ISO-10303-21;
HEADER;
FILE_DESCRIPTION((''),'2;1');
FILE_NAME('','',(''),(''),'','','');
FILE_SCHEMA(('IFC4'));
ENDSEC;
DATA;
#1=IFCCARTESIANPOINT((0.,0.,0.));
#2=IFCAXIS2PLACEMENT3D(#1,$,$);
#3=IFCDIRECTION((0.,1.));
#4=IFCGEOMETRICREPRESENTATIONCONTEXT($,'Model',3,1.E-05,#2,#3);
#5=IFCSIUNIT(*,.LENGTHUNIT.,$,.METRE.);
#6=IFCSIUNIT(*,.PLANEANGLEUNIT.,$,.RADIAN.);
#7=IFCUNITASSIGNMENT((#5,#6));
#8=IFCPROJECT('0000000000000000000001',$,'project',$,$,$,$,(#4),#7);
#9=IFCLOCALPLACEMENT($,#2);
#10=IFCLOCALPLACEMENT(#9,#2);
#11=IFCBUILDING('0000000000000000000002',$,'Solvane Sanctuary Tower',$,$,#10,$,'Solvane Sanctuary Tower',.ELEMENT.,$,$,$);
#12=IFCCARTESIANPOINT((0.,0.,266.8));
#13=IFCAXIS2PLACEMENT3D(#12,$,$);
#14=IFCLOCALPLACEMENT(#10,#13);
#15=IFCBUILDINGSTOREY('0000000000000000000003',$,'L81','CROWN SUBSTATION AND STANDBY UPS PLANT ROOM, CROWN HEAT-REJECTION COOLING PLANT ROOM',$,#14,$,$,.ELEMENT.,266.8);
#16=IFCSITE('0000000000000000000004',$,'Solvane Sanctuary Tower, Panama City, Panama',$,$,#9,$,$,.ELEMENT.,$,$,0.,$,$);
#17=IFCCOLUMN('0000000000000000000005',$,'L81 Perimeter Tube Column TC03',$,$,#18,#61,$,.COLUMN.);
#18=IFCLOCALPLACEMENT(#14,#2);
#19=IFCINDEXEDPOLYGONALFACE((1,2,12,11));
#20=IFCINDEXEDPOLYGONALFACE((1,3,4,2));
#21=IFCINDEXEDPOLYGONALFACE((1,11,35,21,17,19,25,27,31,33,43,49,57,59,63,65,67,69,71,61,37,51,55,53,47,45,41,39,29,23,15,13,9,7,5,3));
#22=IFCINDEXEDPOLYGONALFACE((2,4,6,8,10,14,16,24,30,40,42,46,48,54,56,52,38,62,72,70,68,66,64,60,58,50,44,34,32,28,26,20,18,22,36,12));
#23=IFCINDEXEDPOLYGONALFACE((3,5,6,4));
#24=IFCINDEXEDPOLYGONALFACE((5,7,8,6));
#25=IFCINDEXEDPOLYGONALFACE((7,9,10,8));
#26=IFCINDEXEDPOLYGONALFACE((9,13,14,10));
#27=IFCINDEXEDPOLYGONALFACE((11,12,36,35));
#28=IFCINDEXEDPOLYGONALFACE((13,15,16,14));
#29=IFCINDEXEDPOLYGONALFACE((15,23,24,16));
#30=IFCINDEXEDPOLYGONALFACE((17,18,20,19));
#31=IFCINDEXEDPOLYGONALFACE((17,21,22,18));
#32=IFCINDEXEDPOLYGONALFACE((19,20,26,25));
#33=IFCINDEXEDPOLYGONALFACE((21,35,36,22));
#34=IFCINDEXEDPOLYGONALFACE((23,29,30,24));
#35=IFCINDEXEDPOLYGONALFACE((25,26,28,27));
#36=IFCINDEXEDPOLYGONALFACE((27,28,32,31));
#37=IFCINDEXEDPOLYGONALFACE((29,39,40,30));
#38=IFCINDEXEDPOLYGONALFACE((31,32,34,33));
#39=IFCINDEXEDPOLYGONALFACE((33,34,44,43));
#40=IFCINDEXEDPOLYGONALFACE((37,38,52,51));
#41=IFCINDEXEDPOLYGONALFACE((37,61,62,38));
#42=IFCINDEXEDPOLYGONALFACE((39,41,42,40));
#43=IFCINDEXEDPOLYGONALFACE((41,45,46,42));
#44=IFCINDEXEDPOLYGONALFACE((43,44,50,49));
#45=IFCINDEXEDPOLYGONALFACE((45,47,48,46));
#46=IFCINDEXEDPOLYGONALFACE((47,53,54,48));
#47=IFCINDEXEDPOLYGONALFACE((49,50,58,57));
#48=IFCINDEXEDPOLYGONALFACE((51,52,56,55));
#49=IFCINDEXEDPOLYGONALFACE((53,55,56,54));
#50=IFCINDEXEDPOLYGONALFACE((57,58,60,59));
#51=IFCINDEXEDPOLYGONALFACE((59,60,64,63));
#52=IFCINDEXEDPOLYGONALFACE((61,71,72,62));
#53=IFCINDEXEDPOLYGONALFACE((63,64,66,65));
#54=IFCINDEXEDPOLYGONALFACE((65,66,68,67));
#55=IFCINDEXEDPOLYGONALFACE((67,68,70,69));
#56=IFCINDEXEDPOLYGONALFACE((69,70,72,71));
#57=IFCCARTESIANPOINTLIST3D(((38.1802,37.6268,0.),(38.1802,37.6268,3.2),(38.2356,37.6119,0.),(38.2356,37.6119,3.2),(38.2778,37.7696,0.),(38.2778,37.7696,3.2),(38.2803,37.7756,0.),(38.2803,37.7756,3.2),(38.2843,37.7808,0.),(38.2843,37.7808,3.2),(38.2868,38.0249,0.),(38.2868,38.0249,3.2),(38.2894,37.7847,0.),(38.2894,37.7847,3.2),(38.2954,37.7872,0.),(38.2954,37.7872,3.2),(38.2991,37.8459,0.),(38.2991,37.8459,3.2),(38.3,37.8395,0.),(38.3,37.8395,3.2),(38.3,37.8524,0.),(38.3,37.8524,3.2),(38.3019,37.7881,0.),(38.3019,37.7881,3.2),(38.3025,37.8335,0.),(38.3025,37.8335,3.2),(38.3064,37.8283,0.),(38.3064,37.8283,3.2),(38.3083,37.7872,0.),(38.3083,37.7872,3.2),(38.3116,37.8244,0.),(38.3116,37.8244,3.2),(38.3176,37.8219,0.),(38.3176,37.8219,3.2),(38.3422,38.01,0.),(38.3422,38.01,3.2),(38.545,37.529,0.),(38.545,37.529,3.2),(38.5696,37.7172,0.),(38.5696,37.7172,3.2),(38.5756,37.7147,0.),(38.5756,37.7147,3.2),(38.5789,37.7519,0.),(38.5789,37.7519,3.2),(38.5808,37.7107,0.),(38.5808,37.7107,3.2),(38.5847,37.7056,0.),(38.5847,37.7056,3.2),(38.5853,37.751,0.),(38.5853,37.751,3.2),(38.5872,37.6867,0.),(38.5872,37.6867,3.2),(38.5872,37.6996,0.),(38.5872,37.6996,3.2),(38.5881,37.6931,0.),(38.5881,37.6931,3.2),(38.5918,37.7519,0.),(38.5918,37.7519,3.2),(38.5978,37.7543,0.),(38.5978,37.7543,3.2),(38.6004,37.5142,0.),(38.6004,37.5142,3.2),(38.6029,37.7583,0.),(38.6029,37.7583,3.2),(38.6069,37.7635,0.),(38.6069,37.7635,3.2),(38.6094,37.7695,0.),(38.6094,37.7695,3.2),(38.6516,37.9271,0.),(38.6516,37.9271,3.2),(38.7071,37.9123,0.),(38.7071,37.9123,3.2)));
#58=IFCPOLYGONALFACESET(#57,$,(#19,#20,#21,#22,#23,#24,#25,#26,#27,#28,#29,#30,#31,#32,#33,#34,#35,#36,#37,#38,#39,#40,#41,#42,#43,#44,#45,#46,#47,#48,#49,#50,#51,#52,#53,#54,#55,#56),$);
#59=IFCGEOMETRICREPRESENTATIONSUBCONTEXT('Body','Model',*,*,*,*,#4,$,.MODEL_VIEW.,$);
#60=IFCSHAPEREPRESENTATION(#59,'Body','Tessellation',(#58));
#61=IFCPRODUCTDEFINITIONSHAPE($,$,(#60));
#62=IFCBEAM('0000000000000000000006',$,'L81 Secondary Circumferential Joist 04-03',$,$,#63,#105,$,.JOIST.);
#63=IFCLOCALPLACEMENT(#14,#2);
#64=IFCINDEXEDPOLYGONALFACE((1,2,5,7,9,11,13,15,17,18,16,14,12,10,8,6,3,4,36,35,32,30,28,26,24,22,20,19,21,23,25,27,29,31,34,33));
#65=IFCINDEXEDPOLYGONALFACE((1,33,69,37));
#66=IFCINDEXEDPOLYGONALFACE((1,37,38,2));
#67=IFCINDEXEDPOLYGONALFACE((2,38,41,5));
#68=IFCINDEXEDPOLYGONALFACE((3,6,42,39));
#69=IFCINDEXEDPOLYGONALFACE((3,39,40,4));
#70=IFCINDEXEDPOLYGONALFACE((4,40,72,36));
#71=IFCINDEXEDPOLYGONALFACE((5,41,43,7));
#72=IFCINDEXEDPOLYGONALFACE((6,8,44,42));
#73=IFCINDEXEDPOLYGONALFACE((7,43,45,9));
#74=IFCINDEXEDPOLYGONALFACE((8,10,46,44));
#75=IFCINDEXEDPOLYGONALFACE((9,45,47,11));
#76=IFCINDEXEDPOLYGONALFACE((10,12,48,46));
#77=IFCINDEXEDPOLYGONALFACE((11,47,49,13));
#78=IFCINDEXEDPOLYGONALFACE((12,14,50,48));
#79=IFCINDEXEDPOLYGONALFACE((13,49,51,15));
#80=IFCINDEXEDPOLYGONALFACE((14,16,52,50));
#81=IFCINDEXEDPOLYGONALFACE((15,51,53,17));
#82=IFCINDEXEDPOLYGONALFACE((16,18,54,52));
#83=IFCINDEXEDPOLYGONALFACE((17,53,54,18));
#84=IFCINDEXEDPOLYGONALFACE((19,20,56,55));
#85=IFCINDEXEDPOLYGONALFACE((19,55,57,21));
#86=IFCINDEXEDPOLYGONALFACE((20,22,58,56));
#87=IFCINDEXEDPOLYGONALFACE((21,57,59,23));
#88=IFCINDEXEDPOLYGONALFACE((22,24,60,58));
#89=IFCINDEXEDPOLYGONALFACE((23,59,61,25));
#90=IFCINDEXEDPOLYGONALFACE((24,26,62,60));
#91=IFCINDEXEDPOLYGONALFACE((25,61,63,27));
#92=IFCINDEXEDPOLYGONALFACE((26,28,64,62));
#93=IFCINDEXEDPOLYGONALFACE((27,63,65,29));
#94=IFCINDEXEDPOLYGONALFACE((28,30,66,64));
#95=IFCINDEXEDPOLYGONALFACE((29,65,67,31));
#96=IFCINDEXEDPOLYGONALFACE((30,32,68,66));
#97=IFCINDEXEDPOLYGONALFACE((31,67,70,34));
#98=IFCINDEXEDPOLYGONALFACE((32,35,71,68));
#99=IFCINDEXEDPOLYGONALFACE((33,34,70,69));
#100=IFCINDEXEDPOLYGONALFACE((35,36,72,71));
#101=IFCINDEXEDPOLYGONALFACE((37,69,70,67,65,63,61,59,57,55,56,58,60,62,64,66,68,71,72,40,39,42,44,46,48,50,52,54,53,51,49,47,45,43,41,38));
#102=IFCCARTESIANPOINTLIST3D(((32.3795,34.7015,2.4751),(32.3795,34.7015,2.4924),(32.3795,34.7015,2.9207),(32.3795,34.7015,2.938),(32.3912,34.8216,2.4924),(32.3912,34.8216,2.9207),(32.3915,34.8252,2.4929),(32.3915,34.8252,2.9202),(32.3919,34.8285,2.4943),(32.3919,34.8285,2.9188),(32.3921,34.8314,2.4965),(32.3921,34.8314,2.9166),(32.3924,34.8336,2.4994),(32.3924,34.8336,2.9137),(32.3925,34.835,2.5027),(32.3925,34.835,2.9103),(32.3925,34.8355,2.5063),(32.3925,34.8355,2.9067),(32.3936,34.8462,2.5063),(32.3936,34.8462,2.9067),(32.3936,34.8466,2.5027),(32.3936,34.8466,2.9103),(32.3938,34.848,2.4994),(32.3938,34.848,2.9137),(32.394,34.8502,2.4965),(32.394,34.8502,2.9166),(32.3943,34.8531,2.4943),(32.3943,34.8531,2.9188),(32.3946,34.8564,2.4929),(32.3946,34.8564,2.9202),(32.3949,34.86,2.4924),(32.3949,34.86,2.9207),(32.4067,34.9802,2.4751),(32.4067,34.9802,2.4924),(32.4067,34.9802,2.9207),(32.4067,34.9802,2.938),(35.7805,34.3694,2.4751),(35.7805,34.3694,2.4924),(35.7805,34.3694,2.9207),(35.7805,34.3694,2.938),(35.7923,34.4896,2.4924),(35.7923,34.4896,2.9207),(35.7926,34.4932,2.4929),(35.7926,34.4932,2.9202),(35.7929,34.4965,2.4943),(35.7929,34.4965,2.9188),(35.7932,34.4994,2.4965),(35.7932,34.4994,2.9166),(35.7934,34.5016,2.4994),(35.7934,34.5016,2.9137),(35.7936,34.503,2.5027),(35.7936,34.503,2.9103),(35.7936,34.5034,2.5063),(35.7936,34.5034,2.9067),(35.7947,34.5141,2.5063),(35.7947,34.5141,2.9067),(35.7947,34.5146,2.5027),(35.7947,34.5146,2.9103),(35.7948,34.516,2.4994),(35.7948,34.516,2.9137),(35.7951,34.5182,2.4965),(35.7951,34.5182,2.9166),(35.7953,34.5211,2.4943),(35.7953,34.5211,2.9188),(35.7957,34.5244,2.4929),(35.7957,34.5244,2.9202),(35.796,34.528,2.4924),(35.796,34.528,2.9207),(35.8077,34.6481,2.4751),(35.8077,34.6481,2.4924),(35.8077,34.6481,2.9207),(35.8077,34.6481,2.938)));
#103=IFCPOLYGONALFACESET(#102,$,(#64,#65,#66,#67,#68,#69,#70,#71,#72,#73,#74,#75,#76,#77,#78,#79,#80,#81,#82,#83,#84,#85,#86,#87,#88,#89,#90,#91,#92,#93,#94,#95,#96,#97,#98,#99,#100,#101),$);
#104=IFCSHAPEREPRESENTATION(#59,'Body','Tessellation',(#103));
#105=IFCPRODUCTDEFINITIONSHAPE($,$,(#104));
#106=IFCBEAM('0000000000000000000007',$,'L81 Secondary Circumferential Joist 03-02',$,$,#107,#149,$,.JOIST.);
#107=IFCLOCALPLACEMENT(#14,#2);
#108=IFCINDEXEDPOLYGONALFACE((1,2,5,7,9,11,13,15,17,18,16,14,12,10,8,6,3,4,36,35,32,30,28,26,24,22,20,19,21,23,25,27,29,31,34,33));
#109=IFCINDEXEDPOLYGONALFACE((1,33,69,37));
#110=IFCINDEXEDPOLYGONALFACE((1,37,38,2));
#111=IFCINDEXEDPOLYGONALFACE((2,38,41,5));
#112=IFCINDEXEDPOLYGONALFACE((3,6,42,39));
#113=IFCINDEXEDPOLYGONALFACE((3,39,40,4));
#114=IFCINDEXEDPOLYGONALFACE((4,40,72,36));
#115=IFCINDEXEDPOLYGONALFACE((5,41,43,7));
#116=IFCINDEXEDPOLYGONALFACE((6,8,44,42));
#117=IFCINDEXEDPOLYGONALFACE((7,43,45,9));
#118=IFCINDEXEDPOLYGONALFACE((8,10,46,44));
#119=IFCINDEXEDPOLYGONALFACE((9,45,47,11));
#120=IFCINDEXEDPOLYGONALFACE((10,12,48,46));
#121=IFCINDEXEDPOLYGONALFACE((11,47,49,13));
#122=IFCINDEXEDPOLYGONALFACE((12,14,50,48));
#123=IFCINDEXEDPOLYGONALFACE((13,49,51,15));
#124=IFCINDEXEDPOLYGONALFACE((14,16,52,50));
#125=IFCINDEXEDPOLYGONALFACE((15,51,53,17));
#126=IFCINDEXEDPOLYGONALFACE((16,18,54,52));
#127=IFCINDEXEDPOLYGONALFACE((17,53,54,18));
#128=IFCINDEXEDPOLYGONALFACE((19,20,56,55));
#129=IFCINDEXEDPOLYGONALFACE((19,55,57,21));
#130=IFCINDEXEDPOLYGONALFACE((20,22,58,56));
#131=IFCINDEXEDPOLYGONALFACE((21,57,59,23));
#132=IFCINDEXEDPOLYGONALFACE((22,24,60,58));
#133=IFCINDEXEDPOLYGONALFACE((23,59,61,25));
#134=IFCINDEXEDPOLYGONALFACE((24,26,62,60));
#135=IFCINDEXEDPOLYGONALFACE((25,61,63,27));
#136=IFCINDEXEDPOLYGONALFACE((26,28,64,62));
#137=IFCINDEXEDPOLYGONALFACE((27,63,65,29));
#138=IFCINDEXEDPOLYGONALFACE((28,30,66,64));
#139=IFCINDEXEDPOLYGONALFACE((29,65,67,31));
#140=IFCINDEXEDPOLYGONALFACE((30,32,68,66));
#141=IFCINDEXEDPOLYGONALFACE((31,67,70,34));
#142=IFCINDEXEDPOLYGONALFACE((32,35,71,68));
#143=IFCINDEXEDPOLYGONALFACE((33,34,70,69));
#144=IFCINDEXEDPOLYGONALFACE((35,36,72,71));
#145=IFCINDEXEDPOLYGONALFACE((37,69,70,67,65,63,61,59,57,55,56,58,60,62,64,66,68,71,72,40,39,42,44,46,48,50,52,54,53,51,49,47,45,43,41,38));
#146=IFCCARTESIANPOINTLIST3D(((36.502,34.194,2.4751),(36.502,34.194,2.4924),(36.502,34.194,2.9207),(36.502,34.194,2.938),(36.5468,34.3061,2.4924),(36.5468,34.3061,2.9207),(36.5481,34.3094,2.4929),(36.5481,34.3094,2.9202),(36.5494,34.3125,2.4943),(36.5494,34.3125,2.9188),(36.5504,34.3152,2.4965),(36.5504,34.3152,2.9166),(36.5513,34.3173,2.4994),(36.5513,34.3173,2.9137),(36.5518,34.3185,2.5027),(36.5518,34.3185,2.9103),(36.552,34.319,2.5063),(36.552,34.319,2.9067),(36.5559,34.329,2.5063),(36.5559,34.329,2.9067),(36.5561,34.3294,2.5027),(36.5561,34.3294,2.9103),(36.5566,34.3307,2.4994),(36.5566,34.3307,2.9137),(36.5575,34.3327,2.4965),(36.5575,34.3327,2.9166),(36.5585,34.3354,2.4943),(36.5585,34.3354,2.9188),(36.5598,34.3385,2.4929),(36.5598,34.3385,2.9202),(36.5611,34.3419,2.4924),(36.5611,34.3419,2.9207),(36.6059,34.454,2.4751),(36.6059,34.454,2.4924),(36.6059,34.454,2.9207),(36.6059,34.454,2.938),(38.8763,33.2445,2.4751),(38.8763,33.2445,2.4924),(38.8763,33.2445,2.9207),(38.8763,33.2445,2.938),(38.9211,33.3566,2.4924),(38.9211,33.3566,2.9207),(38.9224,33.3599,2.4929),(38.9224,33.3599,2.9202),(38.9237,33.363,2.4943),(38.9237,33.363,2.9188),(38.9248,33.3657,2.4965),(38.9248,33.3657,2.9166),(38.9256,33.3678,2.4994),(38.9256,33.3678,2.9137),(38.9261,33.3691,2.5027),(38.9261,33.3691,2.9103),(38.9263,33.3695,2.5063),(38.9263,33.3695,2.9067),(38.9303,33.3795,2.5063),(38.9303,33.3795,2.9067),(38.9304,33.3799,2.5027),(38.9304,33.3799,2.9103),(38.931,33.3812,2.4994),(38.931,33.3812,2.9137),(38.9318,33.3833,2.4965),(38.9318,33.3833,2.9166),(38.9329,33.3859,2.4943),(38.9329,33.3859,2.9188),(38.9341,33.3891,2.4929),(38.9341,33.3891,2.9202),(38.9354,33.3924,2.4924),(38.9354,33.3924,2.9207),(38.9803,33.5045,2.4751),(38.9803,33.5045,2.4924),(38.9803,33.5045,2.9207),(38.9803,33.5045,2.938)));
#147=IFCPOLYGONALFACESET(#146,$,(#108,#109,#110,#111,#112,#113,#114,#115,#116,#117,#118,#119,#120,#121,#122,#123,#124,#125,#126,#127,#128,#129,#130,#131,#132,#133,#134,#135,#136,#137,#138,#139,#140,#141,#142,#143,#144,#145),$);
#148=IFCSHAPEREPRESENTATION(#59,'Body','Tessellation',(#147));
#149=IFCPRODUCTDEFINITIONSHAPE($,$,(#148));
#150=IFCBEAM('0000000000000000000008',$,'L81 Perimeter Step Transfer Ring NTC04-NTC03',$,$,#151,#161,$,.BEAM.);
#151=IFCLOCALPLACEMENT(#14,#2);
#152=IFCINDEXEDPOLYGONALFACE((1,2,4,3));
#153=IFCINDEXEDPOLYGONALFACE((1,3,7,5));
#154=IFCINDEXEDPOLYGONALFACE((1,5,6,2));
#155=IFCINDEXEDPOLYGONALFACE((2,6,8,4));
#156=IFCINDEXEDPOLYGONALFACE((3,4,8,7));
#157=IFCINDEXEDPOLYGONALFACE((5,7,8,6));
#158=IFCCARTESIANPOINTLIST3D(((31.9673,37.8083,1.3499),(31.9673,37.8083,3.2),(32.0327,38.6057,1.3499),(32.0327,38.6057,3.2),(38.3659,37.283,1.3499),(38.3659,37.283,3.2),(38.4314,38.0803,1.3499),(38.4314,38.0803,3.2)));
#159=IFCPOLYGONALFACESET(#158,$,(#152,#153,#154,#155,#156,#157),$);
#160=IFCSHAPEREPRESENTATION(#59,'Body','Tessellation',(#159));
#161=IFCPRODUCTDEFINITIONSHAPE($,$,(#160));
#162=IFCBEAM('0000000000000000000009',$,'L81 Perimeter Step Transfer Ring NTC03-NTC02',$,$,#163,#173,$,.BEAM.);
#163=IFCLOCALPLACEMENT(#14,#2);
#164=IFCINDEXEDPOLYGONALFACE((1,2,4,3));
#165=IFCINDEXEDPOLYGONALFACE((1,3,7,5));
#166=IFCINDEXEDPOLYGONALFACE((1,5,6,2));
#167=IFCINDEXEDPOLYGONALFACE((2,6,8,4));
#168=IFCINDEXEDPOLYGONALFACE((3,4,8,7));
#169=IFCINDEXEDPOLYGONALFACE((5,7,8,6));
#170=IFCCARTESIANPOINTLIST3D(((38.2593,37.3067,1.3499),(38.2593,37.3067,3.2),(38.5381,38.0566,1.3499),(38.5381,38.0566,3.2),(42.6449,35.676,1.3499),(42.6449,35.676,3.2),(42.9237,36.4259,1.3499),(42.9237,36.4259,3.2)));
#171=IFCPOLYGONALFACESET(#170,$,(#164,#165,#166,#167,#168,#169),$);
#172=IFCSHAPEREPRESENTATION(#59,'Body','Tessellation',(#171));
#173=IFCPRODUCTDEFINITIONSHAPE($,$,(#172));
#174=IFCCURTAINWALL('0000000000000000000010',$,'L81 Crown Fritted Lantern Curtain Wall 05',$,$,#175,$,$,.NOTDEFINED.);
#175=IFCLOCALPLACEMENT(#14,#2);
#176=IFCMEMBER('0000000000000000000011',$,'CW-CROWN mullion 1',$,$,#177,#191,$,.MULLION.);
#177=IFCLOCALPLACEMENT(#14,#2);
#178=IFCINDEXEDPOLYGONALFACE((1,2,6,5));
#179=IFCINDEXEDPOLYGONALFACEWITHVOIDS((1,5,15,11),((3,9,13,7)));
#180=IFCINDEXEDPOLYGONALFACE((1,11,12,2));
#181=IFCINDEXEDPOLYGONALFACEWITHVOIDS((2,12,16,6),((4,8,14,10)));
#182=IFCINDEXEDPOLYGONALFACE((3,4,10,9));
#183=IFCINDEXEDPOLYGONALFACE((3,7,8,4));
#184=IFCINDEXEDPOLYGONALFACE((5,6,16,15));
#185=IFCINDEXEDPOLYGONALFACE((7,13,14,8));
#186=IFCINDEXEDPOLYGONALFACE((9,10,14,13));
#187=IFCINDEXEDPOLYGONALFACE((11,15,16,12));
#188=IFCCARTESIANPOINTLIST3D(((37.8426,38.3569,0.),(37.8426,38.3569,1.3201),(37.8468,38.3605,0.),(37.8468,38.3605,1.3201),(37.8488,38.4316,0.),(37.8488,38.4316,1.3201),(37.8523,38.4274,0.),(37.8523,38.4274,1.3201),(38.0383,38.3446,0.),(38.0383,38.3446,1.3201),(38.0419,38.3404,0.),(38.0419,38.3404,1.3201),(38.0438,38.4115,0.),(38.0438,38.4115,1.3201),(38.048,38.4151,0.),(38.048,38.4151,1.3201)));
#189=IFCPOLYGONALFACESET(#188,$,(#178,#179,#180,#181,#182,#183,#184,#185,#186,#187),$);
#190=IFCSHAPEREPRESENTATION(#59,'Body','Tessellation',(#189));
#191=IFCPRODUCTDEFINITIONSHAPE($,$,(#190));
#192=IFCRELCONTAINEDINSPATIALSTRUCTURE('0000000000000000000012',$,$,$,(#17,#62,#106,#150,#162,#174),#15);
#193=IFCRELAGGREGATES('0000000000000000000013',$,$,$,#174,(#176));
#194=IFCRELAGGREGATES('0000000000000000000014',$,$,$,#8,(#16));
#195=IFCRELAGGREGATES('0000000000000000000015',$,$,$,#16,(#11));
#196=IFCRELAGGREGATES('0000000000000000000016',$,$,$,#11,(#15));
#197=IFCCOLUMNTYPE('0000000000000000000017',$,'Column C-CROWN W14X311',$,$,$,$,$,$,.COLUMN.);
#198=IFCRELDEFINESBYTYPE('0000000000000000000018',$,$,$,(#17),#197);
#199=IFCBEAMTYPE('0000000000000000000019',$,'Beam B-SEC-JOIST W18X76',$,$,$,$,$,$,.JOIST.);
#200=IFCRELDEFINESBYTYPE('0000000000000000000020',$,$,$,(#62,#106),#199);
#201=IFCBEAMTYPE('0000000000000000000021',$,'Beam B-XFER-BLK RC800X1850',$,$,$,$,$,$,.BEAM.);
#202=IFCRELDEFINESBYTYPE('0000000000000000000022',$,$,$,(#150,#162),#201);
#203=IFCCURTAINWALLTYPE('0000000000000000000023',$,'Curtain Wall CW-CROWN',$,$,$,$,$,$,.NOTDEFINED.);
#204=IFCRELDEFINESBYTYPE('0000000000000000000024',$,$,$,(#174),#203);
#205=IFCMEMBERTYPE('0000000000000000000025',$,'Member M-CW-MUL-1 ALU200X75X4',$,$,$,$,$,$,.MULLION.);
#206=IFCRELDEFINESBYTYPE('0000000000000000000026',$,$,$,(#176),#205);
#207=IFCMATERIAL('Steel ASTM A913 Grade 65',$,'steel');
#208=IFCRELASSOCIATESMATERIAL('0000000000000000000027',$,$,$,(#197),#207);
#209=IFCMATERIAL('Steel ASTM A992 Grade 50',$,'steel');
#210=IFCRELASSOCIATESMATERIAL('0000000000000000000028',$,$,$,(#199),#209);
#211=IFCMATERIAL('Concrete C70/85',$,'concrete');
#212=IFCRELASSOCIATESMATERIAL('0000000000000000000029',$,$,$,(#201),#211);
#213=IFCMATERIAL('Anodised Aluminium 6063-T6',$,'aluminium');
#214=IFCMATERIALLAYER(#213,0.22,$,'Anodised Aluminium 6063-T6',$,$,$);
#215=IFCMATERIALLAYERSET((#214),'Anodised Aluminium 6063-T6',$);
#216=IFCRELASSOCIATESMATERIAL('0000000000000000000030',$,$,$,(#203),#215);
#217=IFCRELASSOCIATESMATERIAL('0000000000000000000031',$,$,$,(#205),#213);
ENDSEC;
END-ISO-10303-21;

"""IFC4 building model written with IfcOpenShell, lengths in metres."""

from ifc_helpers import new_model, si_unit, direction, frame, origin, origin_2d, place, context, subcontext, project, spatial, rectangle, hollow_rectangle, i_section, extrude, material, layer, layer_set, material_profile, profile_set, type_object, element, aggregate, save


model = new_model("IFC4")

# Units and contexts
model_context = context("Model", 3, precision=1e-05, world=origin(), true_north=direction((0.0, 1.0)))
body_context = subcontext(model_context, "Body", "Model", "MODEL_VIEW")
ifc_project = project(units=[si_unit("LENGTHUNIT", "METRE"), si_unit("PLANEANGLEUNIT", "RADIAN")], contexts=[model_context])

# Site, building, storey
site_placement = place(None, origin())
site = spatial("IfcSite", under=ifc_project, at=site_placement, Name="Solvane Sanctuary Tower, Panama City, Panama", CompositionType="ELEMENT", RefElevation=0.0)
building_placement = place(site_placement, origin())
building = spatial("IfcBuilding", under=site, at=building_placement, Name="Solvane Sanctuary Tower", LongName="Solvane Sanctuary Tower", CompositionType="ELEMENT")
storey_placement = place(building_placement, frame((0.0, 0.0, 266.8)))
storey = spatial("IfcBuildingStorey", under=building, at=storey_placement, Name="L81", Description="CROWN SUBSTATION AND STANDBY UPS PLANT ROOM, CROWN HEAT-REJECTION COOLING PLANT ROOM", CompositionType="ELEMENT", Elevation=266.8)

# Column
ifc_material_1 = material(Name="Steel ASTM A913 Grade 65", Category="steel")
ifc_material_profile_1 = material_profile(ifc_material_1, i_section(OverallWidth=0.4121, OverallDepth=0.4351, WebThickness=0.0359, FlangeThickness=0.0574, FilletRadius=0.0249, at=origin_2d()), Name="W14X311")
ifc_profile_set_1 = profile_set([ifc_material_profile_1], Name="Steel ASTM A913 Grade 65")
column_type = type_object("IfcColumnType", Name="Column C-CROWN W14X311", PredefinedType="COLUMN", material=ifc_profile_set_1)
column_placement = place(storey_placement, frame((38.4436, 37.7695, 0.0), z_axis=(0.0, 0.0, 1.0), x_axis=(0.258819, 0.965926, 0.0)))
element("IfcColumn", 1, at=column_placement, inside=storey, type_object=column_type, Name="L81 Perimeter Tube Column TC03", PredefinedType="COLUMN", context=body_context, shape_type="SweptSolid", body=[
    extrude(i_section(OverallWidth=0.4121, OverallDepth=0.4351, WebThickness=0.0359, FlangeThickness=0.0574, FilletRadius=0.0249, at=origin_2d()), origin(), (0.0, 0.0, 1.0), 3.2),
])

# Beams
ifc_material_2 = material(Name="Steel ASTM A992 Grade 50", Category="steel")
ifc_material_profile_2 = material_profile(ifc_material_2, i_section(OverallWidth=0.28, OverallDepth=0.4629, WebThickness=0.0107, FlangeThickness=0.0173, FilletRadius=0.0139, at=origin_2d()), Name="W18X76")
ifc_profile_set_2 = profile_set([ifc_material_profile_2], Name="Steel ASTM A992 Grade 50")
beam_type_1 = type_object("IfcBeamType", Name="Beam B-SEC-JOIST W18X76", PredefinedType="JOIST", material=ifc_profile_set_2)
beam_1_placement = place(storey_placement, frame((32.3931, 34.8408, 2.7065), z_axis=(0.995269, -0.097162, 0.0), x_axis=(0.097162, 0.995269, 0.0)))
element("IfcBeam", 2, at=beam_1_placement, inside=storey, type_object=beam_type_1, Name="L81 Secondary Circumferential Joist 04-03", PredefinedType="JOIST", context=body_context, shape_type="SweptSolid", body=[
    extrude(i_section(OverallWidth=0.28, OverallDepth=0.4629, WebThickness=0.0107, FlangeThickness=0.0173, FilletRadius=0.0139, at=origin_2d()), origin(), (0.0, 0.0, 1.0), 3.4172),
])
beam_2_placement = place(storey_placement, frame((36.554, 34.324, 2.7065), z_axis=(0.92851, -0.371308, 0.0), x_axis=(0.371308, 0.92851, 0.0)))
element("IfcBeam", 3, at=beam_2_placement, inside=storey, type_object=beam_type_1, Name="L81 Secondary Circumferential Joist 03-02", PredefinedType="JOIST", context=body_context, shape_type="SweptSolid", body=[
    extrude(i_section(OverallWidth=0.28, OverallDepth=0.4629, WebThickness=0.0107, FlangeThickness=0.0173, FilletRadius=0.0139, at=origin_2d()), origin(), (0.0, 0.0, 1.0), 2.5571),
])
ifc_material_3 = material(Name="Concrete C70/85", Category="concrete")
ifc_material_profile_3 = material_profile(ifc_material_3, rectangle(XDim=0.8, YDim=1.8501, at=origin_2d()), Name="RC800X1850")
ifc_profile_set_3 = profile_set([ifc_material_profile_3], Name="Concrete C70/85")
beam_type_2 = type_object("IfcBeamType", Name="Beam B-XFER-BLK RC800X1850", PredefinedType="BEAM", material=ifc_profile_set_3)
beam_3_placement = place(storey_placement, frame((32.0, 38.207, 2.2749), z_axis=(0.996646, -0.081834, 0.0), x_axis=(0.081834, 0.996646, 0.0)))
element("IfcBeam", 4, at=beam_3_placement, inside=storey, type_object=beam_type_2, Name="L81 Perimeter Step Transfer Ring NTC04-NTC03", PredefinedType="BEAM", context=body_context, shape_type="SweptSolid", body=[
    extrude(rectangle(XDim=0.8, YDim=1.8501, at=origin_2d()), origin(), (0.0, 0.0, 1.0), 6.4202),
])
beam_4_placement = place(storey_placement, frame((38.3987, 37.6816, 2.2749), z_axis=(0.937306, -0.348509, 0.0), x_axis=(0.348509, 0.937306, 0.0)))
element("IfcBeam", 5, at=beam_4_placement, inside=storey, type_object=beam_type_2, Name="L81 Perimeter Step Transfer Ring NTC03-NTC02", PredefinedType="BEAM", context=body_context, shape_type="SweptSolid", body=[
    extrude(rectangle(XDim=0.8, YDim=1.8501, at=origin_2d()), origin(), (0.0, 0.0, 1.0), 4.679),
])

# Curtain wall, member
ifc_material_4 = material(Name="Anodised Aluminium 6063-T6", Category="aluminium")
ifc_layer_1 = layer(ifc_material_4, 0.22, Name="Anodised Aluminium 6063-T6")
ifc_layer_set_1 = layer_set([ifc_layer_1], Name="Anodised Aluminium 6063-T6")
curtain_wall_type = type_object("IfcCurtainWallType", Name="Curtain Wall CW-CROWN", PredefinedType="NOTDEFINED", material=ifc_layer_set_1)
curtain_wall_placement = place(storey_placement, origin())
curtain_wall = element("IfcCurtainWall", 6, at=curtain_wall_placement, inside=storey, type_object=curtain_wall_type, Name="L81 Crown Fritted Lantern Curtain Wall 05", PredefinedType="NOTDEFINED")
ifc_material_profile_4 = material_profile(ifc_material_4, hollow_rectangle(XDim=0.075, YDim=0.2, WallThickness=0.0039, at=origin_2d()), Name="ALU200X75X4")
ifc_profile_set_4 = profile_set([ifc_material_profile_4], Name="Anodised Aluminium 6063-T6")
member_type_1 = type_object("IfcMemberType", Name="Member M-CW-MUL-1 ALU200X75X4", PredefinedType="MULLION", material=ifc_profile_set_4)
member_1_placement = place(storey_placement, frame((37.9453, 38.386, 0.0), z_axis=(0.0, 0.0, 1.0), x_axis=(-0.082455, -0.996595, 0.0)))
member_1 = element("IfcMember", 7, at=member_1_placement, type_object=member_type_1, Name="CW-CROWN mullion 1", PredefinedType="MULLION", context=body_context, shape_type="SweptSolid", body=[
    extrude(hollow_rectangle(XDim=0.075, YDim=0.2, WallThickness=0.0039, at=origin_2d()), origin(), (0.0, 0.0, 1.0), 1.3201),
])
aggregate(curtain_wall, [member_1])

save(model, "model.ifc")
